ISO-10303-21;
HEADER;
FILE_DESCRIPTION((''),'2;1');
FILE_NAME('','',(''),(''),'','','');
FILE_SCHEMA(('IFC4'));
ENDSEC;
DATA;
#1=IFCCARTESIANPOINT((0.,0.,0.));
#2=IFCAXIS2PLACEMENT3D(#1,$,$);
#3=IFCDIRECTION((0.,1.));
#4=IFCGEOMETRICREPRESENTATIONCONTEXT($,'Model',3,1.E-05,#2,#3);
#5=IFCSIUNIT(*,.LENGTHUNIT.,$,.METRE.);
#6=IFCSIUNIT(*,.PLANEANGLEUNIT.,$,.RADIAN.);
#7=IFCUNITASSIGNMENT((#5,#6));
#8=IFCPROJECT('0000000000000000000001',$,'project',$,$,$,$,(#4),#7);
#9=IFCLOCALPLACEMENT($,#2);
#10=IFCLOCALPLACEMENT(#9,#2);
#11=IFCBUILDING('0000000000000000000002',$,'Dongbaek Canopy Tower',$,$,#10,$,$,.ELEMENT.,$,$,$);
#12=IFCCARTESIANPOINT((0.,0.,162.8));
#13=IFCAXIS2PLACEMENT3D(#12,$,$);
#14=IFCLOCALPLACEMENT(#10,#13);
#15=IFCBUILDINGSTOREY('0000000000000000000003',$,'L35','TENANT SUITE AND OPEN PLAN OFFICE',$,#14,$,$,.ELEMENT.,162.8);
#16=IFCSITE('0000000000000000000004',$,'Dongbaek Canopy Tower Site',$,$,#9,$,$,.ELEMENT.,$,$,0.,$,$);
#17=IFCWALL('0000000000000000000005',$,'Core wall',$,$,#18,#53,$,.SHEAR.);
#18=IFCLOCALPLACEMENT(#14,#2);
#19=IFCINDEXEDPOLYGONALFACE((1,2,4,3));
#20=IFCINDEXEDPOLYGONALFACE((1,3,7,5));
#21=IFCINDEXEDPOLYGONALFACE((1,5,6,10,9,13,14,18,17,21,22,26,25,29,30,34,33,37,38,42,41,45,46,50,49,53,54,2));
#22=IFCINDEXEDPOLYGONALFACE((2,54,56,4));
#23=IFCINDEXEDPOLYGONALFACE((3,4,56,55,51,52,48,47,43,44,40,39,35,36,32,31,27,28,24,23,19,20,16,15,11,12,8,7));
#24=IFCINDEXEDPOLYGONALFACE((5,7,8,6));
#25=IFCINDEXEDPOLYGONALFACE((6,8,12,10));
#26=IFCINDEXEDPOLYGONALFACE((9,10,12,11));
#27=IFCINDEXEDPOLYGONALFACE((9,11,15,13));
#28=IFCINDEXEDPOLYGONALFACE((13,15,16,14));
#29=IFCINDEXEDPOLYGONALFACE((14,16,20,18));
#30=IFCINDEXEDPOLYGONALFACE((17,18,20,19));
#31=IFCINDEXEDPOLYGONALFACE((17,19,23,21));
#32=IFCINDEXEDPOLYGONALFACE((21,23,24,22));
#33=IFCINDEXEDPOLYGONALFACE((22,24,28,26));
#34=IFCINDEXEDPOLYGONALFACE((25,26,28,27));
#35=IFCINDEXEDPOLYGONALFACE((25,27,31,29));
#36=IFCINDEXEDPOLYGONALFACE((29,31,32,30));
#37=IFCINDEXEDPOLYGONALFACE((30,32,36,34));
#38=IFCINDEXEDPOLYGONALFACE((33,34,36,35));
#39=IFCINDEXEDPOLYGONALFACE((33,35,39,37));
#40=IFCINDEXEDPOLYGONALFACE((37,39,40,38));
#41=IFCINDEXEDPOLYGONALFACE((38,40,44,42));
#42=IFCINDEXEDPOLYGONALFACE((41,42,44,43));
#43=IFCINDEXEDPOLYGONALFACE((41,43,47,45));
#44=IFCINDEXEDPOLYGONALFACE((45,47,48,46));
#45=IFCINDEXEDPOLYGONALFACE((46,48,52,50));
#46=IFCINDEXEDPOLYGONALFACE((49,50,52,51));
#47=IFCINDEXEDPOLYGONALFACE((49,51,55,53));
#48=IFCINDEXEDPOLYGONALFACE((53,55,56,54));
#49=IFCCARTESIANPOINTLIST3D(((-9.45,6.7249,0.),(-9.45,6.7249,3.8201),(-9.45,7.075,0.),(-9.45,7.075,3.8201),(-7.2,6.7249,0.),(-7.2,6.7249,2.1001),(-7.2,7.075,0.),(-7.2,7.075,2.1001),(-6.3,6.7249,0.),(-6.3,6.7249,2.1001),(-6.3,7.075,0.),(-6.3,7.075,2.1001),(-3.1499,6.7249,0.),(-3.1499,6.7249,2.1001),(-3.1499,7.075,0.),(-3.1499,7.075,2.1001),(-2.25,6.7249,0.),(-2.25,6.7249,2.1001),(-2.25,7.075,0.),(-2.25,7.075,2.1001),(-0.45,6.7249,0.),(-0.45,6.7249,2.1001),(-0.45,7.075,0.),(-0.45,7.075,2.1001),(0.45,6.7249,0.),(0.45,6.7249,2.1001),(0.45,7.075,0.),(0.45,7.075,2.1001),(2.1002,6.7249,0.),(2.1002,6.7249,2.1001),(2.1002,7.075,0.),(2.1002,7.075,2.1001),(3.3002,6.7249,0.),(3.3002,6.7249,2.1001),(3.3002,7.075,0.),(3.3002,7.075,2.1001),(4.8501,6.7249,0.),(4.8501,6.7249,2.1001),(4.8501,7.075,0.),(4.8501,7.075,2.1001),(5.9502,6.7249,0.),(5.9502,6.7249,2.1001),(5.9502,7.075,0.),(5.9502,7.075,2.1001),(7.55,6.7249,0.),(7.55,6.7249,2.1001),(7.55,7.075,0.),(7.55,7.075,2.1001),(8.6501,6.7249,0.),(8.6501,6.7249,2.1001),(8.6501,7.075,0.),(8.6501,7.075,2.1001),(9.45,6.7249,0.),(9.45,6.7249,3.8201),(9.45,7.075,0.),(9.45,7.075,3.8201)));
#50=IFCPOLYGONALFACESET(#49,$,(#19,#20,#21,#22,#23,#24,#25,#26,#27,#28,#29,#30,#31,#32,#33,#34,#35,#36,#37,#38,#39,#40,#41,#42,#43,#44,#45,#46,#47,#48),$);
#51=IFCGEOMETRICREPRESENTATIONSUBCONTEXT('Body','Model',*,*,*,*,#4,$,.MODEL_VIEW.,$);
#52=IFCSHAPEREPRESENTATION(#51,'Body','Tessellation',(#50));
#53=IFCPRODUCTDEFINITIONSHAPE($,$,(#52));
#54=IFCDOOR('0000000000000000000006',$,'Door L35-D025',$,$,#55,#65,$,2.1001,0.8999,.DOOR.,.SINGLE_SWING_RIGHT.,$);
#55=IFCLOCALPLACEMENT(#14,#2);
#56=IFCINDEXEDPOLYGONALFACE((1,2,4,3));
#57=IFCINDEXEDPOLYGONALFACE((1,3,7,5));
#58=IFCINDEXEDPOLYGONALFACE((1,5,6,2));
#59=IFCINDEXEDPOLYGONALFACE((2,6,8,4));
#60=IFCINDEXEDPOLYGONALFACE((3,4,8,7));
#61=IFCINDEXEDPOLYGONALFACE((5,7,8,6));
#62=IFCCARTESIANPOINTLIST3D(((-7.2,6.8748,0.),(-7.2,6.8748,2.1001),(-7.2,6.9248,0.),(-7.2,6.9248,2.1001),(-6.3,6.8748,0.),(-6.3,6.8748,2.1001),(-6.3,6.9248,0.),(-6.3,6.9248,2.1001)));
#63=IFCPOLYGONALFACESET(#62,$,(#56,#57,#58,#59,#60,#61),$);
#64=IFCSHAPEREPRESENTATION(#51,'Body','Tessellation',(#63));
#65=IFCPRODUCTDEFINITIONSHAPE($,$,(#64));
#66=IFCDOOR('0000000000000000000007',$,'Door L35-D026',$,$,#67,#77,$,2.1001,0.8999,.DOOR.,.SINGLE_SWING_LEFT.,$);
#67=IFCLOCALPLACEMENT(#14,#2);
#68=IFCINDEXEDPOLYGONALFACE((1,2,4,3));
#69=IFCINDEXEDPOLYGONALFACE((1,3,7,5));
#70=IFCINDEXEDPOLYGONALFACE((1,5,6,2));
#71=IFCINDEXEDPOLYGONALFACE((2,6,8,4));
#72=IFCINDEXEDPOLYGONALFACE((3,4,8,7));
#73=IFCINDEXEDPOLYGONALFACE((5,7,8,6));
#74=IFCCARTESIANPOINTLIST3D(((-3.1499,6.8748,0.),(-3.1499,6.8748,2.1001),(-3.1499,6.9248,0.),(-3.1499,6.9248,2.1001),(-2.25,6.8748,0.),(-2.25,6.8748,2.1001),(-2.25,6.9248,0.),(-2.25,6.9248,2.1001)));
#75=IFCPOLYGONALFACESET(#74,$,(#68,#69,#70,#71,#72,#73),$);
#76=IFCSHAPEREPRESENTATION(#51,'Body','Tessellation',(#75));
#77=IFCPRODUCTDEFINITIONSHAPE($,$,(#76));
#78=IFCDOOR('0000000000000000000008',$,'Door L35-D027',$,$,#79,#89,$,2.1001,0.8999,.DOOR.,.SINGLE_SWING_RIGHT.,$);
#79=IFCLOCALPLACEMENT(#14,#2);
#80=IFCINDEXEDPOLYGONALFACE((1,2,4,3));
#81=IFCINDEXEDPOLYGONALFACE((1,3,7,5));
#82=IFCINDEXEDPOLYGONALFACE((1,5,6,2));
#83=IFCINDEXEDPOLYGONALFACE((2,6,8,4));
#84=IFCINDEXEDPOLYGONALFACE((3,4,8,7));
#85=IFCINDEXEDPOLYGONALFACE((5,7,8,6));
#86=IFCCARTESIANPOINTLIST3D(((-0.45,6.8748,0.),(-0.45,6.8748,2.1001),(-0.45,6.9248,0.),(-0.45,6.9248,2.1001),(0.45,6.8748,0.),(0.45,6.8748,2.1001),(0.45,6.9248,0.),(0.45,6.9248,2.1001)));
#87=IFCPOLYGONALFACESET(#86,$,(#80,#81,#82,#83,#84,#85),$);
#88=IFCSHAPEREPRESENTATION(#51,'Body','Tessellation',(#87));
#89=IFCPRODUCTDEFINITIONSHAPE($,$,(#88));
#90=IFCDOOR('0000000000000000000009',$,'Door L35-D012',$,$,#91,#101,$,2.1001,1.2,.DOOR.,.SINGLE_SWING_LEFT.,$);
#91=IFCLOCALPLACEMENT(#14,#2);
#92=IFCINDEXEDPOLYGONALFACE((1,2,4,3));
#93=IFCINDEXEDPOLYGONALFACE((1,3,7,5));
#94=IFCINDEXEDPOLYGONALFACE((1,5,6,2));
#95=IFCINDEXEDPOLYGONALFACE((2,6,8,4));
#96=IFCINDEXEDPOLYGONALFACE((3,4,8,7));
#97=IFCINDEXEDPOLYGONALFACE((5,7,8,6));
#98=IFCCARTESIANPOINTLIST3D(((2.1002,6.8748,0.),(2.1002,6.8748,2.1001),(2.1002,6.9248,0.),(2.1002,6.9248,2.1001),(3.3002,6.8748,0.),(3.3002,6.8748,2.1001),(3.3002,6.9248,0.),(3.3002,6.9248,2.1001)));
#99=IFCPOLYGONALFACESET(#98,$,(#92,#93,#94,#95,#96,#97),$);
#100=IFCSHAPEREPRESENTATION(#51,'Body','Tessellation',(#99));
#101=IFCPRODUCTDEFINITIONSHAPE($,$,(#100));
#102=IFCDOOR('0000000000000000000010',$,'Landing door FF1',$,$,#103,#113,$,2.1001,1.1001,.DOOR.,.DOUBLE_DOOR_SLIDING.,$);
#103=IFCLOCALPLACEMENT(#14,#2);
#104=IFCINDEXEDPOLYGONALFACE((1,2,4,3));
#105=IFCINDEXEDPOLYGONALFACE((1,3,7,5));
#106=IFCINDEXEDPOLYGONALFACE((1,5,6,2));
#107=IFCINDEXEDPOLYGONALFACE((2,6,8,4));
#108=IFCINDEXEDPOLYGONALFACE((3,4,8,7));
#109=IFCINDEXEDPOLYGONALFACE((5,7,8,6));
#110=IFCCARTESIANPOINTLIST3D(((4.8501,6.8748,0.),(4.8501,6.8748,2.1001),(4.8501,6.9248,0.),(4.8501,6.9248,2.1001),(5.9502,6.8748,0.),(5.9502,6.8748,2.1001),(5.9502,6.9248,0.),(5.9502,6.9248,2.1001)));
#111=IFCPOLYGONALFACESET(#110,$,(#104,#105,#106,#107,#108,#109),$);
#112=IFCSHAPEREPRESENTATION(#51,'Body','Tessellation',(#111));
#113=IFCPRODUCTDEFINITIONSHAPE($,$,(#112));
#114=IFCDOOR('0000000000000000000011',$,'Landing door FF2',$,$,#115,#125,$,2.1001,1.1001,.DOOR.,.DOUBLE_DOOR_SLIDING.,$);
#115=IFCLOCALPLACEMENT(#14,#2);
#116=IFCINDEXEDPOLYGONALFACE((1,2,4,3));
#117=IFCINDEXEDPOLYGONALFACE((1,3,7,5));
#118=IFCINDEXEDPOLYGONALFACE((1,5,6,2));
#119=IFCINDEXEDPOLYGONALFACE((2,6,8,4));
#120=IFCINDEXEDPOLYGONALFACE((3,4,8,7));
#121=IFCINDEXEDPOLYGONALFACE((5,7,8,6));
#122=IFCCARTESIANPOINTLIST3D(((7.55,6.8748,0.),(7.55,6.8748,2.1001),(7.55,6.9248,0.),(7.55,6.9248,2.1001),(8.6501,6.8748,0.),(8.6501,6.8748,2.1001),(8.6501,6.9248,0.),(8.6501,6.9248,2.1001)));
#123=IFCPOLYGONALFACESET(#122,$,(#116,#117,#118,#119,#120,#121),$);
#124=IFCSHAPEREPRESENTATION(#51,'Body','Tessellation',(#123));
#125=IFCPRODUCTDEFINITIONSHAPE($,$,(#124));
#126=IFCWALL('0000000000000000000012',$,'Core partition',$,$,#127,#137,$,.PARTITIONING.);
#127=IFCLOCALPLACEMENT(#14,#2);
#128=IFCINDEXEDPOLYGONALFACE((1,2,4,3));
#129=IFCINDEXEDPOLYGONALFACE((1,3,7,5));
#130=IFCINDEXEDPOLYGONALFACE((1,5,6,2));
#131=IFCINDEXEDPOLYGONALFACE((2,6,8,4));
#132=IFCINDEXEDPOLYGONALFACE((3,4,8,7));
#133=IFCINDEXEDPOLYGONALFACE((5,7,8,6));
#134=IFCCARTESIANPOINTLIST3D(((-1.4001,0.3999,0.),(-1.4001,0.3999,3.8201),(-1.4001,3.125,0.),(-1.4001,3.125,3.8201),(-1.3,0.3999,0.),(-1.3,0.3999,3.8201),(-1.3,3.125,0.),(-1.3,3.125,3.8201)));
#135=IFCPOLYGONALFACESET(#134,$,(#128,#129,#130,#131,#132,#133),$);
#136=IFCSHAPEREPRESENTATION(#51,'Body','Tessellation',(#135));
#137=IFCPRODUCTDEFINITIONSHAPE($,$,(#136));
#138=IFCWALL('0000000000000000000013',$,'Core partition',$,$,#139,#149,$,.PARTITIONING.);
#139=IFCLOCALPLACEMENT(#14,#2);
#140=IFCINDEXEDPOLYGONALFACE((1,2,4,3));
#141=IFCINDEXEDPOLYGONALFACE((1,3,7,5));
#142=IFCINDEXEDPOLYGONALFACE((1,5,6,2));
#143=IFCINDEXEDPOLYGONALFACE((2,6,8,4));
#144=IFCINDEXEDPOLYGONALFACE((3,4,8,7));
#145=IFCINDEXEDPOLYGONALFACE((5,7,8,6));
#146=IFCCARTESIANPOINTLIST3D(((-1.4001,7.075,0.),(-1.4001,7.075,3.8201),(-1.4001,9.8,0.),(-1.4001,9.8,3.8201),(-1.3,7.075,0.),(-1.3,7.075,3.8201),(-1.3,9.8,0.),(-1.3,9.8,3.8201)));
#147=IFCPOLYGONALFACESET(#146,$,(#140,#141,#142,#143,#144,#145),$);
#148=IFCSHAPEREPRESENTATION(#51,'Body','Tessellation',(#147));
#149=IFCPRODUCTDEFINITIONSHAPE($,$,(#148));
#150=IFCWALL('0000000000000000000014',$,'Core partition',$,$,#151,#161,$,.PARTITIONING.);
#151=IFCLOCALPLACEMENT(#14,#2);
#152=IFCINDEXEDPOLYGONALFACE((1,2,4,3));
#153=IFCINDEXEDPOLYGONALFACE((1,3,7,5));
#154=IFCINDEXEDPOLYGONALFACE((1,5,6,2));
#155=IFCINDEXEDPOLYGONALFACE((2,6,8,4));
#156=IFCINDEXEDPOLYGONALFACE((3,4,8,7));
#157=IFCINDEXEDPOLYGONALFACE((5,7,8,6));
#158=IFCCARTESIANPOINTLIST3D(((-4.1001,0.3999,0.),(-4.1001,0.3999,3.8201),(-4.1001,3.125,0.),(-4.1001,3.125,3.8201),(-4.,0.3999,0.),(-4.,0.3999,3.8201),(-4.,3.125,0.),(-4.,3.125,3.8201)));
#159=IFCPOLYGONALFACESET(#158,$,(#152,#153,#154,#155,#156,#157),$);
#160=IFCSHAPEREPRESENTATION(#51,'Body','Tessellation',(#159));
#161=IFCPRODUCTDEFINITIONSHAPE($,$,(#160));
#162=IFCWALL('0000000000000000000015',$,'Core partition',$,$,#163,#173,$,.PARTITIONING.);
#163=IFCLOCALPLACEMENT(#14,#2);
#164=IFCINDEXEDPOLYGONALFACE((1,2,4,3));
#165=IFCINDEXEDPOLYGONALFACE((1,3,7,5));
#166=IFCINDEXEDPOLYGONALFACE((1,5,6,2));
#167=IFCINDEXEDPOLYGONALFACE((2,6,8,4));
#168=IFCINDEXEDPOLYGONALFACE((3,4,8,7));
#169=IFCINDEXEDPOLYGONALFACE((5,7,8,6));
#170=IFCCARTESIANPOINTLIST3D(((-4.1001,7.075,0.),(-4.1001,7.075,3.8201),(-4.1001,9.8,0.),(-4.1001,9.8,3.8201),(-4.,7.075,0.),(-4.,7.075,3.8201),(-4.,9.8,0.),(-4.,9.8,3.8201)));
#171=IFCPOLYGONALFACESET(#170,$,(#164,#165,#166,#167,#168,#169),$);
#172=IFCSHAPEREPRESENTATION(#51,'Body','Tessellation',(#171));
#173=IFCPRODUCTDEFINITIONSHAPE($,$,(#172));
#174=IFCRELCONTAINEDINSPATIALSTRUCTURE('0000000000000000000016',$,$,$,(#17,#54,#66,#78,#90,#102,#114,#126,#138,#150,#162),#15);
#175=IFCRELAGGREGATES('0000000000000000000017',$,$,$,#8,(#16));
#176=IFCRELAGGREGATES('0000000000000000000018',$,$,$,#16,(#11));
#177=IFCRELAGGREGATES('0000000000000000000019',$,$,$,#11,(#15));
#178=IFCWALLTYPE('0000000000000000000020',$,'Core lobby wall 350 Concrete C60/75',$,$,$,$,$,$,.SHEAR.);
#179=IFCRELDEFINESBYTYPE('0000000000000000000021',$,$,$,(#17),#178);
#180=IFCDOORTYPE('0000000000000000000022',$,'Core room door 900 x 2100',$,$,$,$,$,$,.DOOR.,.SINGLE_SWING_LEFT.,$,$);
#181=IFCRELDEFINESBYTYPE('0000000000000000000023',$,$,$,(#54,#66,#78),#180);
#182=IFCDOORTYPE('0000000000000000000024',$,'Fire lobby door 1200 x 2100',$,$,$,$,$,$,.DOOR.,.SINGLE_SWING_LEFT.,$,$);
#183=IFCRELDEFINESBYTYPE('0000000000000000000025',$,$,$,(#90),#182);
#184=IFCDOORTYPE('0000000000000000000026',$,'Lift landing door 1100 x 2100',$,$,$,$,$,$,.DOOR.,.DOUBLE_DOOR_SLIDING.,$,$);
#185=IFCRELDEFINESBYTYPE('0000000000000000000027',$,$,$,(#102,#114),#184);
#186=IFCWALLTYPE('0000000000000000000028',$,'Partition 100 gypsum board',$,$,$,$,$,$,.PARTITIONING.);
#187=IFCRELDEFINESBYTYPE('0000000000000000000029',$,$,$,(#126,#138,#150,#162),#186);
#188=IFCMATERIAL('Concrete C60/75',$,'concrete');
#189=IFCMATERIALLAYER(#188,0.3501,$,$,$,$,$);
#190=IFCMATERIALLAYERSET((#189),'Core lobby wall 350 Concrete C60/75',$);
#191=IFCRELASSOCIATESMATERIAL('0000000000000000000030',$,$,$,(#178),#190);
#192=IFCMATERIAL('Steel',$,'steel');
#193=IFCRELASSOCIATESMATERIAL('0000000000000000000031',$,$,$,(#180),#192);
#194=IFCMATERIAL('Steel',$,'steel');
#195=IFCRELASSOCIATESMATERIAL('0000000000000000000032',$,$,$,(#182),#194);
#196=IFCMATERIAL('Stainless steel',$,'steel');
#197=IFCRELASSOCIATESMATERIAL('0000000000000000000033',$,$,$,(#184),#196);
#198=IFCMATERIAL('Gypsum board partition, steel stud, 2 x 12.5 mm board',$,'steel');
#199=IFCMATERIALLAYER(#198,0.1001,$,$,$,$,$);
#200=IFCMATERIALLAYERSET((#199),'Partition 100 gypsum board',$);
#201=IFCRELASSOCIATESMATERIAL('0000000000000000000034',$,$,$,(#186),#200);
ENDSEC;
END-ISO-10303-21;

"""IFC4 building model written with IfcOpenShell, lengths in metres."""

from ifc_helpers import new_model, si_unit, direction, frame, frame_2d, origin, place, context, subcontext, project, spatial, rectangle, extrude, material, layer, layer_set, type_object, element, fill, save


model = new_model("IFC4")

# Units and contexts
model_context = context("Model", 3, precision=1e-05, world=origin(), true_north=direction((0.0, 1.0)))
body_context = subcontext(model_context, "Body", "Model", "MODEL_VIEW")
ifc_project = project(units=[si_unit("LENGTHUNIT", "METRE"), si_unit("PLANEANGLEUNIT", "RADIAN")], contexts=[model_context])

# Site, building, storey
site_placement = place(None, origin())
site = spatial("IfcSite", under=ifc_project, at=site_placement, Name="Dongbaek Canopy Tower Site", CompositionType="ELEMENT", RefElevation=0.0)
building_placement = place(site_placement, origin())
building = spatial("IfcBuilding", under=site, at=building_placement, Name="Dongbaek Canopy Tower", CompositionType="ELEMENT")
storey_placement = place(building_placement, frame((0.0, 0.0, 162.8)))
storey = spatial("IfcBuildingStorey", under=building, at=storey_placement, Name="L35", Description="TENANT SUITE AND OPEN PLAN OFFICE", CompositionType="ELEMENT", Elevation=162.8)

# Wall, openings, doors
ifc_material_1 = material(Name="Concrete C60/75", Category="concrete")
ifc_layer_1 = layer(ifc_material_1, 0.3501)
ifc_layer_set_1 = layer_set([ifc_layer_1], Name="Core lobby wall 350 Concrete C60/75")
wall_type_1 = type_object("IfcWallType", Name="Core lobby wall 350 Concrete C60/75", PredefinedType="SHEAR", material=ifc_layer_set_1)
wall_1_placement = place(storey_placement, frame((-9.45, 6.8999, 0.0), z_axis=(0.0, 0.0, 1.0), x_axis=(1.0, 0.0, 0.0)))
wall_1 = element("IfcWall", 1, at=wall_1_placement, inside=storey, type_object=wall_type_1, Name="Core wall", PredefinedType="SHEAR", context=body_context, shape_type="SweptSolid", body=[
    extrude(rectangle(XDim=18.8999, YDim=0.3501, at=frame_2d((9.45, 0.0))), origin(), (0.0, 0.0, 1.0), 3.8201),
])
opening_1_placement = place(wall_1_placement, frame((11.55, 0.0, 0.0)))
opening_1 = element("IfcOpeningElement", 2, at=opening_1_placement, cuts=wall_1, PredefinedType="OPENING", context=body_context, shape_type="SweptSolid", body=[
    extrude(rectangle(XDim=1.2, YDim=2.1001, at=frame_2d((0.6001, 1.05))), frame((0.0, 0.1851, 0.0), z_axis=(0.0, -1.0, 0.0), x_axis=(1.0, 0.0, 0.0)), (0.0, 0.0, 1.0), 0.3701),
])
opening_2_placement = place(wall_1_placement, frame((14.3, 0.0, 0.0)))
opening_2 = element("IfcOpeningElement", 3, at=opening_2_placement, cuts=wall_1, PredefinedType="OPENING", context=body_context, shape_type="SweptSolid", body=[
    extrude(rectangle(XDim=1.1001, YDim=2.1001, at=frame_2d((0.55, 1.05))), frame((0.0, 0.1851, 0.0), z_axis=(0.0, -1.0, 0.0), x_axis=(1.0, 0.0, 0.0)), (0.0, 0.0, 1.0), 0.3701),
])
opening_3_placement = place(wall_1_placement, frame((17.0, 0.0, 0.0)))
opening_3 = element("IfcOpeningElement", 4, at=opening_3_placement, cuts=wall_1, PredefinedType="OPENING", context=body_context, shape_type="SweptSolid", body=[
    extrude(rectangle(XDim=1.1001, YDim=2.1001, at=frame_2d((0.55, 1.05))), frame((0.0, 0.1851, 0.0), z_axis=(0.0, -1.0, 0.0), x_axis=(1.0, 0.0, 0.0)), (0.0, 0.0, 1.0), 0.3701),
])
opening_4_placement = place(wall_1_placement, frame((2.25, 0.0, 0.0)))
opening_4 = element("IfcOpeningElement", 5, at=opening_4_placement, cuts=wall_1, PredefinedType="OPENING", context=body_context, shape_type="SweptSolid", body=[
    extrude(rectangle(XDim=0.8999, YDim=2.1001, at=frame_2d((0.45, 1.05))), frame((0.0, 0.1851, 0.0), z_axis=(0.0, -1.0, 0.0), x_axis=(1.0, 0.0, 0.0)), (0.0, 0.0, 1.0), 0.3701),
])
opening_5_placement = place(wall_1_placement, frame((6.3, 0.0, 0.0)))
opening_5 = element("IfcOpeningElement", 6, at=opening_5_placement, cuts=wall_1, PredefinedType="OPENING", context=body_context, shape_type="SweptSolid", body=[
    extrude(rectangle(XDim=0.8999, YDim=2.1001, at=frame_2d((0.45, 1.05))), frame((0.0, 0.1851, 0.0), z_axis=(0.0, -1.0, 0.0), x_axis=(1.0, 0.0, 0.0)), (0.0, 0.0, 1.0), 0.3701),
])
opening_6_placement = place(wall_1_placement, frame((9.0, 0.0, 0.0)))
opening_6 = element("IfcOpeningElement", 7, at=opening_6_placement, cuts=wall_1, PredefinedType="OPENING", context=body_context, shape_type="SweptSolid", body=[
    extrude(rectangle(XDim=0.8999, YDim=2.1001, at=frame_2d((0.45, 1.05))), frame((0.0, 0.1851, 0.0), z_axis=(0.0, -1.0, 0.0), x_axis=(1.0, 0.0, 0.0)), (0.0, 0.0, 1.0), 0.3701),
])
ifc_material_2 = material(Name="Steel", Category="steel")
door_type_1 = type_object("IfcDoorType", Name="Core room door 900 x 2100", OperationType="SINGLE_SWING_LEFT", PredefinedType="DOOR", material=ifc_material_2)
door_1_placement = place(opening_4_placement, origin())
door_1 = element("IfcDoor", 8, at=door_1_placement, inside=storey, type_object=door_type_1, Name="Door L35-D025", OperationType="SINGLE_SWING_RIGHT", OverallHeight=2.1001, OverallWidth=0.8999, PredefinedType="DOOR", context=body_context, shape_type="SweptSolid", body=[
    extrude(rectangle(XDim=0.8999, YDim=2.1001, at=frame_2d((0.45, 1.05))), frame((0.0, 0.0249, 0.0), z_axis=(0.0, -1.0, 0.0), x_axis=(1.0, 0.0, 0.0)), (0.0, 0.0, 1.0), 0.05),
])
fill(opening_4, door_1)
door_2_placement = place(opening_5_placement, origin())
door_2 = element("IfcDoor", 9, at=door_2_placement, inside=storey, type_object=door_type_1, Name="Door L35-D026", OperationType="SINGLE_SWING_LEFT", OverallHeight=2.1001, OverallWidth=0.8999, PredefinedType="DOOR", context=body_context, shape_type="SweptSolid", body=[
    extrude(rectangle(XDim=0.8999, YDim=2.1001, at=frame_2d((0.45, 1.05))), frame((0.0, 0.0249, 0.0), z_axis=(0.0, -1.0, 0.0), x_axis=(1.0, 0.0, 0.0)), (0.0, 0.0, 1.0), 0.05),
])
fill(opening_5, door_2)
door_3_placement = place(opening_6_placement, origin())
door_3 = element("IfcDoor", 10, at=door_3_placement, inside=storey, type_object=door_type_1, Name="Door L35-D027", OperationType="SINGLE_SWING_RIGHT", OverallHeight=2.1001, OverallWidth=0.8999, PredefinedType="DOOR", context=body_context, shape_type="SweptSolid", body=[
    extrude(rectangle(XDim=0.8999, YDim=2.1001, at=frame_2d((0.45, 1.05))), frame((0.0, 0.0249, 0.0), z_axis=(0.0, -1.0, 0.0), x_axis=(1.0, 0.0, 0.0)), (0.0, 0.0, 1.0), 0.05),
])
fill(opening_6, door_3)
ifc_material_3 = material(Name="Steel", Category="steel")
door_type_2 = type_object("IfcDoorType", Name="Fire lobby door 1200 x 2100", OperationType="SINGLE_SWING_LEFT", PredefinedType="DOOR", material=ifc_material_3)
door_4_placement = place(opening_1_placement, origin())
door_4 = element("IfcDoor", 11, at=door_4_placement, inside=storey, type_object=door_type_2, Name="Door L35-D012", OperationType="SINGLE_SWING_LEFT", OverallHeight=2.1001, OverallWidth=1.2, PredefinedType="DOOR", context=body_context, shape_type="SweptSolid", body=[
    extrude(rectangle(XDim=1.2, YDim=2.1001, at=frame_2d((0.6001, 1.05))), frame((0.0, 0.0249, 0.0), z_axis=(0.0, -1.0, 0.0), x_axis=(1.0, 0.0, 0.0)), (0.0, 0.0, 1.0), 0.05),
])
fill(opening_1, door_4)
ifc_material_4 = material(Name="Stainless steel", Category="steel")
door_type_3 = type_object("IfcDoorType", Name="Lift landing door 1100 x 2100", OperationType="DOUBLE_DOOR_SLIDING", PredefinedType="DOOR", material=ifc_material_4)
door_5_placement = place(opening_2_placement, origin())
door_5 = element("IfcDoor", 12, at=door_5_placement, inside=storey, type_object=door_type_3, Name="Landing door FF1", OperationType="DOUBLE_DOOR_SLIDING", OverallHeight=2.1001, OverallWidth=1.1001, PredefinedType="DOOR", context=body_context, shape_type="SweptSolid", body=[
    extrude(rectangle(XDim=1.1001, YDim=2.1001, at=frame_2d((0.55, 1.05))), frame((0.0, 0.0249, 0.0), z_axis=(0.0, -1.0, 0.0), x_axis=(1.0, 0.0, 0.0)), (0.0, 0.0, 1.0), 0.05),
])
fill(opening_2, door_5)
door_6_placement = place(opening_3_placement, origin())
door_6 = element("IfcDoor", 13, at=door_6_placement, inside=storey, type_object=door_type_3, Name="Landing door FF2", OperationType="DOUBLE_DOOR_SLIDING", OverallHeight=2.1001, OverallWidth=1.1001, PredefinedType="DOOR", context=body_context, shape_type="SweptSolid", body=[
    extrude(rectangle(XDim=1.1001, YDim=2.1001, at=frame_2d((0.55, 1.05))), frame((0.0, 0.0249, 0.0), z_axis=(0.0, -1.0, 0.0), x_axis=(1.0, 0.0, 0.0)), (0.0, 0.0, 1.0), 0.05),
])
fill(opening_3, door_6)

# Walls
ifc_material_5 = material(Name="Gypsum board partition, steel stud, 2 x 12.5 mm board", Category="steel")
ifc_layer_2 = layer(ifc_material_5, 0.1001)
ifc_layer_set_2 = layer_set([ifc_layer_2], Name="Partition 100 gypsum board")
wall_type_2 = type_object("IfcWallType", Name="Partition 100 gypsum board", PredefinedType="PARTITIONING", material=ifc_layer_set_2)
for number, where, z_axis, x_axis, name in (
    (14, (-1.3501, 0.3999, 0.0), (0.0, 0.0, 1.0), (0.0, 1.0, 0.0), "Core partition"),
    (15, (-1.3501, 7.075, 0.0), (0.0, 0.0, 1.0), (0.0, 1.0, 0.0), "Core partition"),
    (16, (-4.05, 0.3999, 0.0), (0.0, 0.0, 1.0), (0.0, 1.0, 0.0), "Core partition"),
    (17, (-4.05, 7.075, 0.0), (0.0, 0.0, 1.0), (0.0, 1.0, 0.0), "Core partition"),
):
    element("IfcWall", number, at=place(storey_placement, frame(where, z_axis=z_axis, x_axis=x_axis)), inside=storey, type_object=wall_type_2, Name=name, PredefinedType="PARTITIONING", context=body_context, shape_type="SweptSolid", body=[
        extrude(rectangle(XDim=2.7251, YDim=0.1001, at=frame_2d((1.3625, 0.0))), origin(), (0.0, 0.0, 1.0), 3.8201),
    ])

save(model, "model.ifc")
